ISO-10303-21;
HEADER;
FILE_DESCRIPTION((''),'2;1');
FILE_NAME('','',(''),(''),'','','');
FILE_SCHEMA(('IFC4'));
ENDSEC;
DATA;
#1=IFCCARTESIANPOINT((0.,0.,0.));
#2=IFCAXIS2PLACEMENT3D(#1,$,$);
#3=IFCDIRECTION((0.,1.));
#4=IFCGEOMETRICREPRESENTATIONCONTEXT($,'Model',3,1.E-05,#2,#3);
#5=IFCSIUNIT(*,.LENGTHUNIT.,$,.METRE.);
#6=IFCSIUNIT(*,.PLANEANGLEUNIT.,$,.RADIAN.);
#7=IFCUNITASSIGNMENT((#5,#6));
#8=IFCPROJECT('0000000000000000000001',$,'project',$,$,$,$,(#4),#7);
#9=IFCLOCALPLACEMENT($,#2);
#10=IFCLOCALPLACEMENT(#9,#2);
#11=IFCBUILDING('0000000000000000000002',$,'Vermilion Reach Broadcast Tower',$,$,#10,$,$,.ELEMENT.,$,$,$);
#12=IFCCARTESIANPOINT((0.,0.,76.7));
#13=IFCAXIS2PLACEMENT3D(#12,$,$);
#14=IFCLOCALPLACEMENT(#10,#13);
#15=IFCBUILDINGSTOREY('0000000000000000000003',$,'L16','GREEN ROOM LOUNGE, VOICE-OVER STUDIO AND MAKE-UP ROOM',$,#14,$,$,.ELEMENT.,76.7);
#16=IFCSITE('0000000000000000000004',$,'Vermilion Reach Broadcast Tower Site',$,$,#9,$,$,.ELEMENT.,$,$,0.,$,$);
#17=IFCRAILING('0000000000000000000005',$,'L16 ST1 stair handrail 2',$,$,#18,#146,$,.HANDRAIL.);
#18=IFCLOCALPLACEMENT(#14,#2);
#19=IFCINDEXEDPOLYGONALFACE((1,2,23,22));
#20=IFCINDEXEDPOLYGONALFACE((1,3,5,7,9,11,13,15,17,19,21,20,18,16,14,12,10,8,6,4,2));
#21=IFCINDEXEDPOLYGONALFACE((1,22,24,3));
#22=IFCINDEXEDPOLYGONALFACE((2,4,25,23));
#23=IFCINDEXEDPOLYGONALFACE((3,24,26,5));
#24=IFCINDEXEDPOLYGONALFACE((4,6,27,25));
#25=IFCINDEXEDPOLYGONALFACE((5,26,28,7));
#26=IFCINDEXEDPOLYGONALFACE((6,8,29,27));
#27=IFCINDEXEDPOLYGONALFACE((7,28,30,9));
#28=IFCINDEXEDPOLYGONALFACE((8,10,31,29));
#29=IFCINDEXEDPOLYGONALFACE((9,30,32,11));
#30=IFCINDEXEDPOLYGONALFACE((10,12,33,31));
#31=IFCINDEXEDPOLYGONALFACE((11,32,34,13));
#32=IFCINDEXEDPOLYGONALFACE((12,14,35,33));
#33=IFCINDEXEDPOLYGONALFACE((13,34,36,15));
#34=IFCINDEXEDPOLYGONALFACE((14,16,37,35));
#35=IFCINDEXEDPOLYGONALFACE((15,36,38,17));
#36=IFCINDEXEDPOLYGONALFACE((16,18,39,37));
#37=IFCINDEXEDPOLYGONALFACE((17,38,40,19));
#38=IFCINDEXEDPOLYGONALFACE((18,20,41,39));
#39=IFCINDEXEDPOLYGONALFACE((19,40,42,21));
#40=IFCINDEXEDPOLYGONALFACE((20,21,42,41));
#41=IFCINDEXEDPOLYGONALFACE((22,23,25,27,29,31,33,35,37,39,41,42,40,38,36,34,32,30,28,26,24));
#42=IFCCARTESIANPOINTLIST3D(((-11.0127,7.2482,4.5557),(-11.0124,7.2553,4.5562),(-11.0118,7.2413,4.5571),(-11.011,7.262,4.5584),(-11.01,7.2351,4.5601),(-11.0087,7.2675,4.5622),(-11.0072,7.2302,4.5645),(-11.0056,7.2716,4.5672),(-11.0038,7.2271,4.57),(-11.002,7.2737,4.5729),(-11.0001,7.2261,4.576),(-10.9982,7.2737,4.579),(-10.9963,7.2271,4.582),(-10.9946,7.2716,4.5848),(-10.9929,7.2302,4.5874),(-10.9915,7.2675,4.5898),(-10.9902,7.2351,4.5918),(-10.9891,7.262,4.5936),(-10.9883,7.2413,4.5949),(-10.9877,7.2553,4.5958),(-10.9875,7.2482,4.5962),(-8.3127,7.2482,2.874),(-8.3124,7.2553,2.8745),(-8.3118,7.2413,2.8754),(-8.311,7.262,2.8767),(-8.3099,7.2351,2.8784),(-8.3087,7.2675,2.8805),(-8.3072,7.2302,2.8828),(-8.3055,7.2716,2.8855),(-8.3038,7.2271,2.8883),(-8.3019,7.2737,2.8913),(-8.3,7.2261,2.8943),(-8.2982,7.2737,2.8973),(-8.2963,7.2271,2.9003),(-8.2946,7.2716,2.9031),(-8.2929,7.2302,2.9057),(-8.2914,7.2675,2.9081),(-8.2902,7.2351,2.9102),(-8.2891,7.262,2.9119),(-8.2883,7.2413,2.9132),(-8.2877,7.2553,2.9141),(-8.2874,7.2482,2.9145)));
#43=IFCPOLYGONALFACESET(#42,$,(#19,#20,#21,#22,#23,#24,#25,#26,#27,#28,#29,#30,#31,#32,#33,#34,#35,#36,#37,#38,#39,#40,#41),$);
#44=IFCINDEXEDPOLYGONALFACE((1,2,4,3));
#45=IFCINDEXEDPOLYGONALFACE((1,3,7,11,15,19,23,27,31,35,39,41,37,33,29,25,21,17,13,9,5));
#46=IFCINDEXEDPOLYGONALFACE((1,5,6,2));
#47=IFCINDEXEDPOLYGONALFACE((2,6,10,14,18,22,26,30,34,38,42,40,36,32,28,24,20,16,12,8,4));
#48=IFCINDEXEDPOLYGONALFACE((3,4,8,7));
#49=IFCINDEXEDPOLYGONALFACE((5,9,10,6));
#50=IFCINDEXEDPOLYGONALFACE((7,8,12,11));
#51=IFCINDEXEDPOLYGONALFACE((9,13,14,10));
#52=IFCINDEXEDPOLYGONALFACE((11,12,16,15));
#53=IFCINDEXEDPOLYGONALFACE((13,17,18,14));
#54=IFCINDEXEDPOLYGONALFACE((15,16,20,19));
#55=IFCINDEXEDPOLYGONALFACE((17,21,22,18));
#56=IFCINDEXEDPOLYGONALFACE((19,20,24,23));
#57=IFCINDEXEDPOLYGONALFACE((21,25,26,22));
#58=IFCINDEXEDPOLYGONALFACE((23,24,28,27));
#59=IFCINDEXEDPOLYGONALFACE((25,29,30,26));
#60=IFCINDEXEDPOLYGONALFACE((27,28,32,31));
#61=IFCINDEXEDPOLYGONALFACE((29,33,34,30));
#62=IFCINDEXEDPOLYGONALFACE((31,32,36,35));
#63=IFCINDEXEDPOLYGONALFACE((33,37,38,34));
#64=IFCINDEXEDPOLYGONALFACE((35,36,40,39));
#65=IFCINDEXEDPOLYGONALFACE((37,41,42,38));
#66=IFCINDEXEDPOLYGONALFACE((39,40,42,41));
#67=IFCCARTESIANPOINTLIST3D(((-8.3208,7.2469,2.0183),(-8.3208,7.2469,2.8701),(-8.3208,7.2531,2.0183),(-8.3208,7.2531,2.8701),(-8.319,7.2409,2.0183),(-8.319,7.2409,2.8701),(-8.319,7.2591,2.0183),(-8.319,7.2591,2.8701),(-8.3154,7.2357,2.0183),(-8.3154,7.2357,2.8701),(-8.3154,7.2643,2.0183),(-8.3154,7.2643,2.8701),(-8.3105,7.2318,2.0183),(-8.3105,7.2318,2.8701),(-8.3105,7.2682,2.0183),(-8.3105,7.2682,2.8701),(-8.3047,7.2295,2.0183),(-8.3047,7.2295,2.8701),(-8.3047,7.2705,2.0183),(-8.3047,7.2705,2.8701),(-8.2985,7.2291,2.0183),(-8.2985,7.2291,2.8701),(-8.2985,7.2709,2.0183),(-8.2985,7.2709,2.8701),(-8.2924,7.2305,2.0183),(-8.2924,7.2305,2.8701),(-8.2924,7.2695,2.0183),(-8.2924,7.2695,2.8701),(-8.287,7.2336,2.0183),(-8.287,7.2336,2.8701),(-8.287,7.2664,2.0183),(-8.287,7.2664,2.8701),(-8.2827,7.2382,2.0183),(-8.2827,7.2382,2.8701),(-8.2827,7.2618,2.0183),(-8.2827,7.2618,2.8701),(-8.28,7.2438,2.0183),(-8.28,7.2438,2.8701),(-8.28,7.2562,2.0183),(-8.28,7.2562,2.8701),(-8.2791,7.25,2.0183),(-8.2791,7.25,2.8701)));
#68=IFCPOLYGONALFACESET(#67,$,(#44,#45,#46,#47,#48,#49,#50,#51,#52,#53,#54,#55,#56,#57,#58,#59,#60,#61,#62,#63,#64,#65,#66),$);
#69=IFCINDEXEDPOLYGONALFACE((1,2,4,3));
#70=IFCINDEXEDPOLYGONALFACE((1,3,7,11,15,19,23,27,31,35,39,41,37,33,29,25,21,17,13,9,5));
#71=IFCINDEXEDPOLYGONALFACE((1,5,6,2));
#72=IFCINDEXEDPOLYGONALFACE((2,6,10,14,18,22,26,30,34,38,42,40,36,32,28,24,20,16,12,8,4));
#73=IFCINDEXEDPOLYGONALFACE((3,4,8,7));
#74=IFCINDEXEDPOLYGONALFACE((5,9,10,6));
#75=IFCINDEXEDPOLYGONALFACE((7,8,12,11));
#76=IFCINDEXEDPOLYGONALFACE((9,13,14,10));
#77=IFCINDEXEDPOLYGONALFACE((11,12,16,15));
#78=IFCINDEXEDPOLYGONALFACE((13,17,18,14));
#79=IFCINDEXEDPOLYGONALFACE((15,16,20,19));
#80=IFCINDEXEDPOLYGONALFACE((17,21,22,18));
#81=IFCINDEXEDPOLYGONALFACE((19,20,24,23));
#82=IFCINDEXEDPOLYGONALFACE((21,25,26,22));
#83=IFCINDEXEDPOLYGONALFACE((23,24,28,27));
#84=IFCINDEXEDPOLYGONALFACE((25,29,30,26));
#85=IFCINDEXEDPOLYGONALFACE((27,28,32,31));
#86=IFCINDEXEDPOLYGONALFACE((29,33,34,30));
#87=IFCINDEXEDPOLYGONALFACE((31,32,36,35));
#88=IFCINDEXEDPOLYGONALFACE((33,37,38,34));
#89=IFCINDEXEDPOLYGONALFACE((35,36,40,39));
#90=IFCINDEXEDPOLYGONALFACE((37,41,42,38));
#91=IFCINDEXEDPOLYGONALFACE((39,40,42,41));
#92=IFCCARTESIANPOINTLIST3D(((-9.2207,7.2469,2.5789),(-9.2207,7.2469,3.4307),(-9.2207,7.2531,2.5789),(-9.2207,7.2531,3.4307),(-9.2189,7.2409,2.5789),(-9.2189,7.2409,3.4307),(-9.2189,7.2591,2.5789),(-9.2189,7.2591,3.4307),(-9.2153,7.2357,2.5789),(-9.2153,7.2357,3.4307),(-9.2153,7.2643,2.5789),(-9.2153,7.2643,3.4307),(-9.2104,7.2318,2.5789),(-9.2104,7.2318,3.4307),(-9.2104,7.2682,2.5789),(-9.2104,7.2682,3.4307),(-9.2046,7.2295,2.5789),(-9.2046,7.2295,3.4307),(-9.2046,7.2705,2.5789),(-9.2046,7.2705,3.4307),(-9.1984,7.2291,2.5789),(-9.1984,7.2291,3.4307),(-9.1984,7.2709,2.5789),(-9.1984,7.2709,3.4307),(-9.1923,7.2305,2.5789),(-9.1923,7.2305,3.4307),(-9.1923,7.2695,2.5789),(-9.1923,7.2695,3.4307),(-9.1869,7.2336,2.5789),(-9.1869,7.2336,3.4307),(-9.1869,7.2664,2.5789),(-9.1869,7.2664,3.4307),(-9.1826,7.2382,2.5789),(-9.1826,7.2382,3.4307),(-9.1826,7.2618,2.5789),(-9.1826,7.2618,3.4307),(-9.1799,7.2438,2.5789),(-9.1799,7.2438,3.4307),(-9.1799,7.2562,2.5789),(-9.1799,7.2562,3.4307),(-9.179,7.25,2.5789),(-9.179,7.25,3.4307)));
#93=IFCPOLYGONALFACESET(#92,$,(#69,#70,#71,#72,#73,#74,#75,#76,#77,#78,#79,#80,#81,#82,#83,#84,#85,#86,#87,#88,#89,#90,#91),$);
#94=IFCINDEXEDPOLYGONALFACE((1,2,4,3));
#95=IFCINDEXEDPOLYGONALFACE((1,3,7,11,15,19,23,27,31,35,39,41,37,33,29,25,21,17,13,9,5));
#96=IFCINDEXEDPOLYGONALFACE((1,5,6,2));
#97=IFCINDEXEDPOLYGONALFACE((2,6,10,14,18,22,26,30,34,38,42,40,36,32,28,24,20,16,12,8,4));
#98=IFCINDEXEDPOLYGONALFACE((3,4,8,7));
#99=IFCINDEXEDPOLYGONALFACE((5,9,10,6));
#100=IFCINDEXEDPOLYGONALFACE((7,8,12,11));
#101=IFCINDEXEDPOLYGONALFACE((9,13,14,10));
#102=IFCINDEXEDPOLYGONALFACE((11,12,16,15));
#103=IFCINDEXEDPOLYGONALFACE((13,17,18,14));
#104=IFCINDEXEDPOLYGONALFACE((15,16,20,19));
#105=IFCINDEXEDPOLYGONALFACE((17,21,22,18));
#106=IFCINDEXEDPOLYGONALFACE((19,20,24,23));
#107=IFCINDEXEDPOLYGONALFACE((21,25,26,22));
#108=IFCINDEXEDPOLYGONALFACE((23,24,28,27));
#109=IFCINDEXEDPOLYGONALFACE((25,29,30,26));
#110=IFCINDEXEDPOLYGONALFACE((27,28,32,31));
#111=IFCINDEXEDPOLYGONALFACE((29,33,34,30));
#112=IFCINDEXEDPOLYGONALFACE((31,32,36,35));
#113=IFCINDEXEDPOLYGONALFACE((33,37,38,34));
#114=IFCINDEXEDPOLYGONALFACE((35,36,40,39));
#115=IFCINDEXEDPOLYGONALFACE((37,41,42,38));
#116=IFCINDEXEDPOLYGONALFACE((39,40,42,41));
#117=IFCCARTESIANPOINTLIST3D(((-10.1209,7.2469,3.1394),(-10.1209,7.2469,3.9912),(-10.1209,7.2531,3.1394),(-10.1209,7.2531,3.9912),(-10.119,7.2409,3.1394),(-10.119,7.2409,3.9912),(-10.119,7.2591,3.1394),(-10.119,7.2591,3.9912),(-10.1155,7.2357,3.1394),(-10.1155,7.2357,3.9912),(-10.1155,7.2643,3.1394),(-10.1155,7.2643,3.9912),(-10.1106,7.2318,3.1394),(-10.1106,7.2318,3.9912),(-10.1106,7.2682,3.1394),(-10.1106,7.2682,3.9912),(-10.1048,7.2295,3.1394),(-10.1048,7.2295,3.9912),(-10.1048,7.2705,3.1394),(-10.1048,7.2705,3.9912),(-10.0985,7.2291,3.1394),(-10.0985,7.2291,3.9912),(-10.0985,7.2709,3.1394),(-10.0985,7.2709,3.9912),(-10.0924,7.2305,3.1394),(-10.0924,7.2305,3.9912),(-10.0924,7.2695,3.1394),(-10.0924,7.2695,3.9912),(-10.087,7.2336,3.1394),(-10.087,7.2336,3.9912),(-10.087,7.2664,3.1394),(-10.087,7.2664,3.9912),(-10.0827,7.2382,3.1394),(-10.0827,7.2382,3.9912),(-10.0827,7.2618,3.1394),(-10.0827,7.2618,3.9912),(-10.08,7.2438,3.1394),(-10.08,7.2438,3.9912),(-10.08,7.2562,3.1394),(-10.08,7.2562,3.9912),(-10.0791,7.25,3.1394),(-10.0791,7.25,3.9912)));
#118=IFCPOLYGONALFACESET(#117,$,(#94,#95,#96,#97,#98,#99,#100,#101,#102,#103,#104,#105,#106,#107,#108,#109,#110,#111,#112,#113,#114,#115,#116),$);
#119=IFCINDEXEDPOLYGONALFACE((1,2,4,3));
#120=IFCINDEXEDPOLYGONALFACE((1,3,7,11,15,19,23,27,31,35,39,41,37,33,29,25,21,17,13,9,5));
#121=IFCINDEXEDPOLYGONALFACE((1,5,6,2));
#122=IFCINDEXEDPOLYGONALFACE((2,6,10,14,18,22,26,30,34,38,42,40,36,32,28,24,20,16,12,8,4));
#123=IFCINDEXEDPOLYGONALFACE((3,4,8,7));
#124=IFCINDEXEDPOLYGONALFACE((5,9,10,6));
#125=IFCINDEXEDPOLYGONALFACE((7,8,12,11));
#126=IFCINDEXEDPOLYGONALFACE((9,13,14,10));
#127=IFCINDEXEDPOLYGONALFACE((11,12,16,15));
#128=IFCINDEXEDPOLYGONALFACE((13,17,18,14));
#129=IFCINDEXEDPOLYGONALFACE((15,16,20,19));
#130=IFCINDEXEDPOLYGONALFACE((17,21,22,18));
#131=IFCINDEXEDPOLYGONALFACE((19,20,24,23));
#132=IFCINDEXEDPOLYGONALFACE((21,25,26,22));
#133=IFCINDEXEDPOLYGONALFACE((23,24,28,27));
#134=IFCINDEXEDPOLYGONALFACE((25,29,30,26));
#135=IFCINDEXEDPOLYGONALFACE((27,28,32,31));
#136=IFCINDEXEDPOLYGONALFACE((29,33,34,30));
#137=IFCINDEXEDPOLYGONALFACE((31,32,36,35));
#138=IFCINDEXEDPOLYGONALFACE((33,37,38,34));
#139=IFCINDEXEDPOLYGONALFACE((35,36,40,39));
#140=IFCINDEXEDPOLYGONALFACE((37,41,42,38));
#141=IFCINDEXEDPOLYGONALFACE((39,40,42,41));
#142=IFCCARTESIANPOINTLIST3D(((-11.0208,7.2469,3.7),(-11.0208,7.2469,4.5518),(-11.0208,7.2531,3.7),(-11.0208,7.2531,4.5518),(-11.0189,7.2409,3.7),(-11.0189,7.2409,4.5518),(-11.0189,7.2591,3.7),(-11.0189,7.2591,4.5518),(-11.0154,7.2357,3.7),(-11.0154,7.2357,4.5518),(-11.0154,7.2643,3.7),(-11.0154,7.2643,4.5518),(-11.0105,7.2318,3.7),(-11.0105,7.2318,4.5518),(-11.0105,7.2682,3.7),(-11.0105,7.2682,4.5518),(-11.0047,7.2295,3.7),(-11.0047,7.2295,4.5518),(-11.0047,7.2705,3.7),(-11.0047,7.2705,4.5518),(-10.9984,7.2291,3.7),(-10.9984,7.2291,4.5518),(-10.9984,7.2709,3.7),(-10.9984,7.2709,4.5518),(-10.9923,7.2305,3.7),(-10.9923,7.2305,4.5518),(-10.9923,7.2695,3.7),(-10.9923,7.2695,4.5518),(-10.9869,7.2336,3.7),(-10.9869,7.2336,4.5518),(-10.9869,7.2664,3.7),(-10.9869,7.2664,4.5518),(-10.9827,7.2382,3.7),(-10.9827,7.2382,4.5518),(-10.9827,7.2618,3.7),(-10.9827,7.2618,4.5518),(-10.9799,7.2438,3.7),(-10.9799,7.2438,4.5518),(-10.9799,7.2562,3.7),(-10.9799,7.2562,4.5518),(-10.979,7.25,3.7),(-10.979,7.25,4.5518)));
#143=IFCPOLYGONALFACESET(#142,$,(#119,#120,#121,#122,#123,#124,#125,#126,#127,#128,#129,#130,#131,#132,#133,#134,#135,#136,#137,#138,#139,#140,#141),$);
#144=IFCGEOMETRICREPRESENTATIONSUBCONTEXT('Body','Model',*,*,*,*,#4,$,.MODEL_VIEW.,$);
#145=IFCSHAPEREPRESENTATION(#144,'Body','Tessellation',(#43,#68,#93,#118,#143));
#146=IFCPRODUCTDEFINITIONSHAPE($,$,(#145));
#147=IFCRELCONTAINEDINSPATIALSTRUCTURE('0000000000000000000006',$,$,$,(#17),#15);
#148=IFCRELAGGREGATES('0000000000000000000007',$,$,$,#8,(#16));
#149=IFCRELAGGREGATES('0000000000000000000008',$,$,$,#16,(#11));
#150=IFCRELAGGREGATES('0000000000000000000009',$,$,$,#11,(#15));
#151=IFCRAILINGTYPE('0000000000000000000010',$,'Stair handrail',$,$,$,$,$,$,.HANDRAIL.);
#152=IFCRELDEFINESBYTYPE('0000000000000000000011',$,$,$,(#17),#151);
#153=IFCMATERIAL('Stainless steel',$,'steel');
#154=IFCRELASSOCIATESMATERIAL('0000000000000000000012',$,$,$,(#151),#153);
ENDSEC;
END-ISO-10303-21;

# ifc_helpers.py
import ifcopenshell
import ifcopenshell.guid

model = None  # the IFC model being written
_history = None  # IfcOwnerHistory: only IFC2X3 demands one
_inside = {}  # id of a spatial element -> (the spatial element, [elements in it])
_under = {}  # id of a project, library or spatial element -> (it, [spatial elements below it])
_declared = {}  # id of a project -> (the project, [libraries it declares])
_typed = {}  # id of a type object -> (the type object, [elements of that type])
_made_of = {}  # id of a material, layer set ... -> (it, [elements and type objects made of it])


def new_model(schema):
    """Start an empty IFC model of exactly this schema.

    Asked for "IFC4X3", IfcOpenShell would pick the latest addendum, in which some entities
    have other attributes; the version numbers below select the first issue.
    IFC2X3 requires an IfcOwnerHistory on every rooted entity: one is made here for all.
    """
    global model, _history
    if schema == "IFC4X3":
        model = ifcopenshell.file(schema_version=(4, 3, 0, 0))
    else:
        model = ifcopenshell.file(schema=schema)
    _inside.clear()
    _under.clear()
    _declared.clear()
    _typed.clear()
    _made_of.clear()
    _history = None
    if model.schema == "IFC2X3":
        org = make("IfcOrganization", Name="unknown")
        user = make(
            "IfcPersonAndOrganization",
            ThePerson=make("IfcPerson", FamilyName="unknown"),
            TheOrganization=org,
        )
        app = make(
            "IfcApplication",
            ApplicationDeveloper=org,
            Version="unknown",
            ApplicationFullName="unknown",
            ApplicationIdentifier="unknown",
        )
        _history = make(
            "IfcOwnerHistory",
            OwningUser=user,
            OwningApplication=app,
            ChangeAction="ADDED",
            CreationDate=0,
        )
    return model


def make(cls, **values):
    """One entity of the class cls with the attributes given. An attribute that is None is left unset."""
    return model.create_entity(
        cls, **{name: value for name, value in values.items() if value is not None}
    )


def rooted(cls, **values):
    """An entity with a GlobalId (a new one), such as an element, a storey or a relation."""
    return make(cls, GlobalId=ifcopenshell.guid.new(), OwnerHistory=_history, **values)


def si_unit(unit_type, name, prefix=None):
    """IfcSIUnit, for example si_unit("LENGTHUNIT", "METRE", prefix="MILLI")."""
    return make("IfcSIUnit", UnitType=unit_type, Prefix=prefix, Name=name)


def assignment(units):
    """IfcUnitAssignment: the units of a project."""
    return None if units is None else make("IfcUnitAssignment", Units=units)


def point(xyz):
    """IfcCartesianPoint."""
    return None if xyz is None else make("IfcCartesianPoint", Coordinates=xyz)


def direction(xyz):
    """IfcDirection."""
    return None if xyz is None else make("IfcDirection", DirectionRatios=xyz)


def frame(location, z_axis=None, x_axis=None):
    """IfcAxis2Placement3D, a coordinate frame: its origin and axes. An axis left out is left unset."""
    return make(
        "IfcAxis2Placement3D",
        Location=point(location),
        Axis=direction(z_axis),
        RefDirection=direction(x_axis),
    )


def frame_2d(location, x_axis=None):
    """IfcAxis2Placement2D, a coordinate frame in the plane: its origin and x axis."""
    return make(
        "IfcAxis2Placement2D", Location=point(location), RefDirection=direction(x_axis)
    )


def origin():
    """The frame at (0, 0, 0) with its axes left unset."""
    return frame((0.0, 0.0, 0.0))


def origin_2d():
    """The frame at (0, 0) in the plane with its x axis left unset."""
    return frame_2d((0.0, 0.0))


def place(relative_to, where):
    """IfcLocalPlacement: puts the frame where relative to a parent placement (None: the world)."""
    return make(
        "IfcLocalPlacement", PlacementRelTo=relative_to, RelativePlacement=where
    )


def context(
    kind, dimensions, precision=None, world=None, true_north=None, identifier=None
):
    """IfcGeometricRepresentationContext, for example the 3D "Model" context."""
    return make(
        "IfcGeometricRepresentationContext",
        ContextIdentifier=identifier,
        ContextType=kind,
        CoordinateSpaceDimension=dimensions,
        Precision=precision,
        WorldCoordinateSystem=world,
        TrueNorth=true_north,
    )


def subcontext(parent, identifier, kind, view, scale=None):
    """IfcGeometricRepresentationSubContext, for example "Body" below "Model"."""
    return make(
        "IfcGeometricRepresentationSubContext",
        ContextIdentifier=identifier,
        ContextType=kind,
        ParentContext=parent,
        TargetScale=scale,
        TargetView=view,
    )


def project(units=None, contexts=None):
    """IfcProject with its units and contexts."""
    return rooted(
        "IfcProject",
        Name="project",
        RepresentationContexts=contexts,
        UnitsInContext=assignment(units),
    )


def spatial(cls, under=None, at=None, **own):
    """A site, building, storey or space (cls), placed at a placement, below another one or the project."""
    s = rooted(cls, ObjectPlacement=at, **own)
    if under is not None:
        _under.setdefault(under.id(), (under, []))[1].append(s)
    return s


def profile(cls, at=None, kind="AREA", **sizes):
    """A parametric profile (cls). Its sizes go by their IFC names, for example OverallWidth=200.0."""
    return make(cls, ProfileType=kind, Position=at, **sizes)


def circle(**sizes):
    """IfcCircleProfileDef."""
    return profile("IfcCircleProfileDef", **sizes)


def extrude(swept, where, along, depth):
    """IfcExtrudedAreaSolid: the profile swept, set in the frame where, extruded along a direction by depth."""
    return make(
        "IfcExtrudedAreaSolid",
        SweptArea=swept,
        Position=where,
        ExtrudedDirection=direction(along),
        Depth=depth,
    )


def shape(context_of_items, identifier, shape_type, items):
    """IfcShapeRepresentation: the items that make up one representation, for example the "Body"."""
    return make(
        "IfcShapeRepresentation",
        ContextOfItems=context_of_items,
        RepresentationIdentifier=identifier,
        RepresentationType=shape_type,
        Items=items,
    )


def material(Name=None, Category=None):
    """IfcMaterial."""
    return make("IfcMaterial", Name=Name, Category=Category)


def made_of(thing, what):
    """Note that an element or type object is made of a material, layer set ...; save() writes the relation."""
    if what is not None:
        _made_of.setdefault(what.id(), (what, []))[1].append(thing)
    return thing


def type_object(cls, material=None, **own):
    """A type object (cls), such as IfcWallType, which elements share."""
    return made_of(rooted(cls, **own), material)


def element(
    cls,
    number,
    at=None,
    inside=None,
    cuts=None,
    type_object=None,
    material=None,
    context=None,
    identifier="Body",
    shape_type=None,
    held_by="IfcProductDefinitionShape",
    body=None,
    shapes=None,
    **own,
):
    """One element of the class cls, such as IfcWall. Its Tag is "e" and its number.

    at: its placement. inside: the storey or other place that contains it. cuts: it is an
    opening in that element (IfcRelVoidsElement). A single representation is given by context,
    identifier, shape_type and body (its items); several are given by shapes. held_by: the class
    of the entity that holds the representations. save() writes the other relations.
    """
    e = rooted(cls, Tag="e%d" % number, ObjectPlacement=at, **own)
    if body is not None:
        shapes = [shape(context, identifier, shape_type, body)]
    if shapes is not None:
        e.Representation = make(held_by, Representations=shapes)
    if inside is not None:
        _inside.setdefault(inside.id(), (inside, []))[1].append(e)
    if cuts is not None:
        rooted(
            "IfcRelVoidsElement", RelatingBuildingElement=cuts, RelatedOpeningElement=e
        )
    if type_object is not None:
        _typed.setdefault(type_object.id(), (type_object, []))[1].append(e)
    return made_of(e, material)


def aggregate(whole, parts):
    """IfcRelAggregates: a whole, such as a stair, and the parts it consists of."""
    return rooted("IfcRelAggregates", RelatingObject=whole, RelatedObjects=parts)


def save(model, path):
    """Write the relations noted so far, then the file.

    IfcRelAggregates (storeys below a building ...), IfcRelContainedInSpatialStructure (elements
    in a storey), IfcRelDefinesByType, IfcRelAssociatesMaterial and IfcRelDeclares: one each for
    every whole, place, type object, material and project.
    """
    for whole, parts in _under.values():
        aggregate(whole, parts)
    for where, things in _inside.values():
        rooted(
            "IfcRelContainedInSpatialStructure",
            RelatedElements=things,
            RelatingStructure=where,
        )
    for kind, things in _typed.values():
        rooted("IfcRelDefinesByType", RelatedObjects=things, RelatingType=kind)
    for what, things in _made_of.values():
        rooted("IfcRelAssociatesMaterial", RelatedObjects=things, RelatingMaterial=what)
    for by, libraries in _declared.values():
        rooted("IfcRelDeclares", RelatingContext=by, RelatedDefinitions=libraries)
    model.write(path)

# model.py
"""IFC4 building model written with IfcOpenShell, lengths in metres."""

from ifc_helpers import new_model, si_unit, direction, frame, origin, origin_2d, place, context, subcontext, project, spatial, circle, extrude, material, type_object, element, save


model = new_model("IFC4")

# Units and contexts
model_context = context("Model", 3, precision=1e-05, world=origin(), true_north=direction((0.0, 1.0)))
body_context = subcontext(model_context, "Body", "Model", "MODEL_VIEW")
ifc_project = project(units=[si_unit("LENGTHUNIT", "METRE"), si_unit("PLANEANGLEUNIT", "RADIAN")], contexts=[model_context])

# Site, building, storey
site_placement = place(None, origin())
site = spatial("IfcSite", under=ifc_project, at=site_placement, Name="Vermilion Reach Broadcast Tower Site", CompositionType="ELEMENT", RefElevation=0.0)
building_placement = place(site_placement, origin())
building = spatial("IfcBuilding", under=site, at=building_placement, Name="Vermilion Reach Broadcast Tower", CompositionType="ELEMENT")
storey_placement = place(building_placement, frame((0.0, 0.0, 76.7)))
storey = spatial("IfcBuildingStorey", under=building, at=storey_placement, Name="L16", Description="GREEN ROOM LOUNGE, VOICE-OVER STUDIO AND MAKE-UP ROOM", CompositionType="ELEMENT", Elevation=76.7)

# Railing
ifc_material_1 = material(Name="Stainless steel", Category="steel")
railing_type_1 = type_object("IfcRailingType", Name="Stair handrail", PredefinedType="HANDRAIL", material=ifc_material_1)
railing_1_placement = place(storey_placement, frame((-8.3, 7.25, 2.0183)))
element("IfcRailing", 1, at=railing_1_placement, inside=storey, type_object=railing_type_1, Name="L16 ST1 stair handrail 2", PredefinedType="HANDRAIL", context=body_context, shape_type="SweptSolid", body=[
    extrude(circle(Radius=0.0239, at=origin_2d()), frame((0.0, 0.0, 0.876), z_axis=(-0.848821, 0.0, 0.528681), x_axis=(0.0, -1.0, 0.0)), (0.0, 0.0, 1.0), 3.1809),
    extrude(circle(Radius=0.021, at=origin_2d()), origin(), (0.0, 0.0, 1.0), 0.8518),
    extrude(circle(Radius=0.021, at=origin_2d()), frame((-0.8999, 0.0, 0.5605)), (0.0, 0.0, 1.0), 0.8518),
    extrude(circle(Radius=0.021, at=origin_2d()), frame((-1.8, 0.0, 1.1211)), (0.0, 0.0, 1.0), 0.8518),
    extrude(circle(Radius=0.021, at=origin_2d()), frame((-2.7, 0.0, 1.6816)), (0.0, 0.0, 1.0), 0.8518),
])

save(model, "model.ifc")
